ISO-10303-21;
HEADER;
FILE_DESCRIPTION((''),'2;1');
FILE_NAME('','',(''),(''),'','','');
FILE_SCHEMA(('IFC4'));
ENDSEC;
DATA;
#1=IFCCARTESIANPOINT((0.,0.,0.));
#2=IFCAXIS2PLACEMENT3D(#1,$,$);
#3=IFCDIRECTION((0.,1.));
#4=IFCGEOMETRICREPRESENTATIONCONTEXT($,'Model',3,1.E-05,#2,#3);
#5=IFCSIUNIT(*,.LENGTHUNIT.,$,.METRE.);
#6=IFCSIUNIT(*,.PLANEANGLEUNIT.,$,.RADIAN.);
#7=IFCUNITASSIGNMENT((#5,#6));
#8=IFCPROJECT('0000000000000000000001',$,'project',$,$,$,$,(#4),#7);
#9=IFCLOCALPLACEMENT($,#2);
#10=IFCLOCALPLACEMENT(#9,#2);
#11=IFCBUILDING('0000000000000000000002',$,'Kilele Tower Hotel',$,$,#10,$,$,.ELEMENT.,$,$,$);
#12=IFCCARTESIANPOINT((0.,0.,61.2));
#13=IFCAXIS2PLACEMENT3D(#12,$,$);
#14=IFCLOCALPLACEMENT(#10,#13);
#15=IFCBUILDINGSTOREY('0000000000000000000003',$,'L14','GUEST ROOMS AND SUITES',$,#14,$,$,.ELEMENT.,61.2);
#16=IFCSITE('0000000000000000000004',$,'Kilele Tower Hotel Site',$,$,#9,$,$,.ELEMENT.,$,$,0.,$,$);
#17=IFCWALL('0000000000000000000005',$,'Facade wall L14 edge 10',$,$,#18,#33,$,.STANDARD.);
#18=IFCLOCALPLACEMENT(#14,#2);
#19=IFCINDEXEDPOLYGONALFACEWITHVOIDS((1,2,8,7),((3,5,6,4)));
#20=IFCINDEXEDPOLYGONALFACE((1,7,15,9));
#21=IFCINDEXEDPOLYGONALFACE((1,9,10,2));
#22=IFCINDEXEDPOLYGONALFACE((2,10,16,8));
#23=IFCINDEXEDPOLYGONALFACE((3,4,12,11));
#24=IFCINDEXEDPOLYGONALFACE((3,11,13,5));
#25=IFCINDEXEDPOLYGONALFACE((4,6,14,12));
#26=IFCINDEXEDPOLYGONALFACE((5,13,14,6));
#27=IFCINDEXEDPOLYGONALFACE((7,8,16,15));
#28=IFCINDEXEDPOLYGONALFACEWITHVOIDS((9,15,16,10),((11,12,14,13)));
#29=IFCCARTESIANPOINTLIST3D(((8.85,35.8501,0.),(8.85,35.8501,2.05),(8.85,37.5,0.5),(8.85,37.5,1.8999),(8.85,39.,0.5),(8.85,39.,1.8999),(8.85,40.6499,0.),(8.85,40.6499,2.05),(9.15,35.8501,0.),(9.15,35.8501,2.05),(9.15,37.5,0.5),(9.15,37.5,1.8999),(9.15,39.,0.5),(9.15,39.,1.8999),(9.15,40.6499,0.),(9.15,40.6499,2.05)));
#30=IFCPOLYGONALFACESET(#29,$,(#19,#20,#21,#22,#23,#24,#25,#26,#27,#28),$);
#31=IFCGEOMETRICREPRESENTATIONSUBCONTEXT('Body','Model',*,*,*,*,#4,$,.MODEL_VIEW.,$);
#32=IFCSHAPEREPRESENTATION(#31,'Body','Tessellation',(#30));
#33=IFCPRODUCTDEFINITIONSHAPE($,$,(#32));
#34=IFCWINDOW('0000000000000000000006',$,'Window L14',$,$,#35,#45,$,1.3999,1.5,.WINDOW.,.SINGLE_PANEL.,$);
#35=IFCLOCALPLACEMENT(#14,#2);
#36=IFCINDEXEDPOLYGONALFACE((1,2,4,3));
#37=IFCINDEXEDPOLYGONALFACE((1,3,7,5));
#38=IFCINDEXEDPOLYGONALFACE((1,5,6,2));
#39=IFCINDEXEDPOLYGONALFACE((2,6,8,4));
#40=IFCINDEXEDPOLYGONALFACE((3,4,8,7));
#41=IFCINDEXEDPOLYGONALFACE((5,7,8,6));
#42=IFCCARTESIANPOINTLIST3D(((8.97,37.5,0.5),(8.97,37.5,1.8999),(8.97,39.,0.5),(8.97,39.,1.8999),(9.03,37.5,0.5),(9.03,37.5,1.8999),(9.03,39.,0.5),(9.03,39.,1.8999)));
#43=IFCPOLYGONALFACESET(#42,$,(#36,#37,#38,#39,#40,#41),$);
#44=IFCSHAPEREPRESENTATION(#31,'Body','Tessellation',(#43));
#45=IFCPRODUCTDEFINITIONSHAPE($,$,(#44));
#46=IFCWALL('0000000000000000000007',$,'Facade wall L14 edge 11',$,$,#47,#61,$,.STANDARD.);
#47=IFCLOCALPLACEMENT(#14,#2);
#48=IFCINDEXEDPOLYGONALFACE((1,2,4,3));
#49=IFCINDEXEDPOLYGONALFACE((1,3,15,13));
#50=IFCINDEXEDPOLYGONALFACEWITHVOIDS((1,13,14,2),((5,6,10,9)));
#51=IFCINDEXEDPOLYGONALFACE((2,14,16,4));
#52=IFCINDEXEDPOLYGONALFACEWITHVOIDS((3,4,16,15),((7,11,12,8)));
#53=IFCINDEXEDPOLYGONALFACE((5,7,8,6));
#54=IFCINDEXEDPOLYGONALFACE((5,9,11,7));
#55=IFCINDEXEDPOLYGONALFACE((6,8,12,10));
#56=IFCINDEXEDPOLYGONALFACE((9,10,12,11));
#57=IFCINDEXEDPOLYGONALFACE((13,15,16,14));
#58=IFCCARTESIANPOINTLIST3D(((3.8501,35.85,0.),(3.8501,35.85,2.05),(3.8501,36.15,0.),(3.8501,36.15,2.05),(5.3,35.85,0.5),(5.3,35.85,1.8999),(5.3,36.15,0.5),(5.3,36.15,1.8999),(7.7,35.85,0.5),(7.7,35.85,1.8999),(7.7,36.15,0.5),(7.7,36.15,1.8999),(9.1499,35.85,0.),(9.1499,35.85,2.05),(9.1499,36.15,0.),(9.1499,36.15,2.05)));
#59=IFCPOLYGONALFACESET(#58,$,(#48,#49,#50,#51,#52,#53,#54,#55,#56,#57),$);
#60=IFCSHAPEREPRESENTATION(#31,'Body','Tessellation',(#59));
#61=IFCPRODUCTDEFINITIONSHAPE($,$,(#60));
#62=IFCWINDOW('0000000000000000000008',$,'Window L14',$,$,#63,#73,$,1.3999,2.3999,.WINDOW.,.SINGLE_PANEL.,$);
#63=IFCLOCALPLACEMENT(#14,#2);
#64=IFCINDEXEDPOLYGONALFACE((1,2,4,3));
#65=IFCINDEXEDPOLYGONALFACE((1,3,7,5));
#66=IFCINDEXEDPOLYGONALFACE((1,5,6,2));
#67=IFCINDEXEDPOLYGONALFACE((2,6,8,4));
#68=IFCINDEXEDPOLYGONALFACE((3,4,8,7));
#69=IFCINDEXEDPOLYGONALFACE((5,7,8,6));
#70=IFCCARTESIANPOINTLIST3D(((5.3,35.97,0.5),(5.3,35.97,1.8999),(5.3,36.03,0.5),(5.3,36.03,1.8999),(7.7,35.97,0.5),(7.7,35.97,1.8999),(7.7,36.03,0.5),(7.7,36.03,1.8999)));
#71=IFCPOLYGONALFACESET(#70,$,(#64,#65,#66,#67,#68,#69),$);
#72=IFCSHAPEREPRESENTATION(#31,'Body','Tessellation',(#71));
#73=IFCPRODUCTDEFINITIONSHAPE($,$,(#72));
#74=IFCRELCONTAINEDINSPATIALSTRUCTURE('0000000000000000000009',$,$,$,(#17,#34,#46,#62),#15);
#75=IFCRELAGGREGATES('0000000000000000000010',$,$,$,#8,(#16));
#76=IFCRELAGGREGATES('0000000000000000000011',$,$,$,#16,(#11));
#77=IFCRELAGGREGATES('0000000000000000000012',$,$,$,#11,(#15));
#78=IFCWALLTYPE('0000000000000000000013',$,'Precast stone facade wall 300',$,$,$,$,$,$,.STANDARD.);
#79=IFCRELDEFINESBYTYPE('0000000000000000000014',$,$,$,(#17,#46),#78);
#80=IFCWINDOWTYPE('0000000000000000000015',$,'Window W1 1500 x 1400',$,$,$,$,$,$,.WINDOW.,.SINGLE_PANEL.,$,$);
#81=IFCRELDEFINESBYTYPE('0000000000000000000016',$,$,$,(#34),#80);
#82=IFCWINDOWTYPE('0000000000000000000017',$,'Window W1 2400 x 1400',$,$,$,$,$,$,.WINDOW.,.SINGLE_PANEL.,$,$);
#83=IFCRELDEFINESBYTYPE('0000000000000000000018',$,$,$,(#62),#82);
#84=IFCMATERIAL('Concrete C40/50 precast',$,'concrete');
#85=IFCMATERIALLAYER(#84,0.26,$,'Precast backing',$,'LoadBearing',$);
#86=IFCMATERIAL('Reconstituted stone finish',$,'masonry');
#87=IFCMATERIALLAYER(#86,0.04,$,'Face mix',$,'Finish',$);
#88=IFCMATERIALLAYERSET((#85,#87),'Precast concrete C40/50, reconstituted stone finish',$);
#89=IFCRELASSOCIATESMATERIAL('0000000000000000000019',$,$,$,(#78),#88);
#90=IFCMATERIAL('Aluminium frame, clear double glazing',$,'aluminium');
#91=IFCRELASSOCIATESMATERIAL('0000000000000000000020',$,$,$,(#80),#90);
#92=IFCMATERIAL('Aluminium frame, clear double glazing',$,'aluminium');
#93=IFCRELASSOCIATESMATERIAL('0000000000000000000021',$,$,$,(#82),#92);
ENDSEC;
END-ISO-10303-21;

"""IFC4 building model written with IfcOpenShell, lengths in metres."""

from ifc_helpers import new_model, si_unit, direction, frame, frame_2d, origin, place, context, subcontext, project, spatial, rectangle, extrude, material, layer, layer_set, type_object, element, fill, save


model = new_model("IFC4")

# Units and contexts
model_context = context("Model", 3, precision=1e-05, world=origin(), true_north=direction((0.0, 1.0)))
body_context = subcontext(model_context, "Body", "Model", "MODEL_VIEW")
ifc_project = project(units=[si_unit("LENGTHUNIT", "METRE"), si_unit("PLANEANGLEUNIT", "RADIAN")], contexts=[model_context])

# Site, building, storey
site_placement = place(None, origin())
site = spatial("IfcSite", under=ifc_project, at=site_placement, Name="Kilele Tower Hotel Site", CompositionType="ELEMENT", RefElevation=0.0)
building_placement = place(site_placement, origin())
building = spatial("IfcBuilding", under=site, at=building_placement, Name="Kilele Tower Hotel", CompositionType="ELEMENT")
storey_placement = place(building_placement, frame((0.0, 0.0, 61.2)))
storey = spatial("IfcBuildingStorey", under=building, at=storey_placement, Name="L14", Description="GUEST ROOMS AND SUITES", CompositionType="ELEMENT", Elevation=61.2)

# Walls, openings, windows
ifc_material_1 = material(Name="Concrete C40/50 precast", Category="concrete")
ifc_layer_1 = layer(ifc_material_1, 0.26, Name="Precast backing", Category="LoadBearing")
ifc_material_2 = material(Name="Reconstituted stone finish", Category="masonry")
ifc_layer_2 = layer(ifc_material_2, 0.04, Name="Face mix", Category="Finish")
ifc_layer_set_1 = layer_set([ifc_layer_1, ifc_layer_2], Name="Precast concrete C40/50, reconstituted stone finish")
wall_type_1 = type_object("IfcWallType", Name="Precast stone facade wall 300", PredefinedType="STANDARD", material=ifc_layer_set_1)
wall_1_placement = place(storey_placement, frame((9.0, 40.6499, 0.0), z_axis=(0.0, 0.0, 1.0), x_axis=(0.0, -1.0, 0.0)))
wall_1 = element("IfcWall", 1, at=wall_1_placement, inside=storey, type_object=wall_type_1, Name="Facade wall L14 edge 10", PredefinedType="STANDARD", context=body_context, shape_type="SweptSolid", body=[
    extrude(rectangle(XDim=4.7998, YDim=0.3, at=frame_2d((2.3999, 0.0))), origin(), (0.0, 0.0, 1.0), 2.05),
])
opening_1_placement = place(wall_1_placement, frame((1.6499, 0.0, 0.5)))
opening_1 = element("IfcOpeningElement", 2, at=opening_1_placement, cuts=wall_1, PredefinedType="OPENING", context=body_context, shape_type="SweptSolid", body=[
    extrude(rectangle(XDim=1.5, YDim=1.3999, at=frame_2d((0.75, 0.7))), frame((0.0, 0.1599, 0.0), z_axis=(0.0, -1.0, 0.0), x_axis=(1.0, 0.0, 0.0)), (0.0, 0.0, 1.0), 0.3201),
])
ifc_material_3 = material(Name="Aluminium frame, clear double glazing", Category="aluminium")
window_type_1 = type_object("IfcWindowType", Name="Window W1 1500 x 1400", PartitioningType="SINGLE_PANEL", PredefinedType="WINDOW", material=ifc_material_3)
window_1_placement = place(opening_1_placement, origin())
window_1 = element("IfcWindow", 3, at=window_1_placement, inside=storey, type_object=window_type_1, Name="Window L14", OverallHeight=1.3999, OverallWidth=1.5, PartitioningType="SINGLE_PANEL", PredefinedType="WINDOW", context=body_context, shape_type="SweptSolid", body=[
    extrude(rectangle(XDim=1.5, YDim=1.3999, at=frame_2d((0.75, 0.7))), frame((0.0, 0.03, 0.0), z_axis=(0.0, -1.0, 0.0), x_axis=(1.0, 0.0, 0.0)), (0.0, 0.0, 1.0), 0.0601),
])
fill(opening_1, window_1)
wall_2_placement = place(storey_placement, frame((9.1499, 36.0, 0.0), z_axis=(0.0, 0.0, 1.0), x_axis=(-1.0, 0.0, 0.0)))
wall_2 = element("IfcWall", 4, at=wall_2_placement, inside=storey, type_object=wall_type_1, Name="Facade wall L14 edge 11", PredefinedType="STANDARD", context=body_context, shape_type="SweptSolid", body=[
    extrude(rectangle(XDim=5.2998, YDim=0.3, at=frame_2d((2.6499, 0.0))), origin(), (0.0, 0.0, 1.0), 2.05),
])
opening_2_placement = place(wall_2_placement, frame((1.45, 0.0, 0.5)))
opening_2 = element("IfcOpeningElement", 5, at=opening_2_placement, cuts=wall_2, PredefinedType="OPENING", context=body_context, shape_type="SweptSolid", body=[
    extrude(rectangle(XDim=2.3999, YDim=1.3999, at=frame_2d((1.2, 0.7))), frame((0.0, 0.1599, 0.0), z_axis=(0.0, -1.0, 0.0), x_axis=(1.0, 0.0, 0.0)), (0.0, 0.0, 1.0), 0.3201),
])
ifc_material_4 = material(Name="Aluminium frame, clear double glazing", Category="aluminium")
window_type_2 = type_object("IfcWindowType", Name="Window W1 2400 x 1400", PartitioningType="SINGLE_PANEL", PredefinedType="WINDOW", material=ifc_material_4)
window_2_placement = place(opening_2_placement, origin())
window_2 = element("IfcWindow", 6, at=window_2_placement, inside=storey, type_object=window_type_2, Name="Window L14", OverallHeight=1.3999, OverallWidth=2.3999, PartitioningType="SINGLE_PANEL", PredefinedType="WINDOW", context=body_context, shape_type="SweptSolid", body=[
    extrude(rectangle(XDim=2.3999, YDim=1.3999, at=frame_2d((1.2, 0.7))), frame((0.0, 0.03, 0.0), z_axis=(0.0, -1.0, 0.0), x_axis=(1.0, 0.0, 0.0)), (0.0, 0.0, 1.0), 0.0601),
])
fill(opening_2, window_2)

save(model, "model.ifc")
